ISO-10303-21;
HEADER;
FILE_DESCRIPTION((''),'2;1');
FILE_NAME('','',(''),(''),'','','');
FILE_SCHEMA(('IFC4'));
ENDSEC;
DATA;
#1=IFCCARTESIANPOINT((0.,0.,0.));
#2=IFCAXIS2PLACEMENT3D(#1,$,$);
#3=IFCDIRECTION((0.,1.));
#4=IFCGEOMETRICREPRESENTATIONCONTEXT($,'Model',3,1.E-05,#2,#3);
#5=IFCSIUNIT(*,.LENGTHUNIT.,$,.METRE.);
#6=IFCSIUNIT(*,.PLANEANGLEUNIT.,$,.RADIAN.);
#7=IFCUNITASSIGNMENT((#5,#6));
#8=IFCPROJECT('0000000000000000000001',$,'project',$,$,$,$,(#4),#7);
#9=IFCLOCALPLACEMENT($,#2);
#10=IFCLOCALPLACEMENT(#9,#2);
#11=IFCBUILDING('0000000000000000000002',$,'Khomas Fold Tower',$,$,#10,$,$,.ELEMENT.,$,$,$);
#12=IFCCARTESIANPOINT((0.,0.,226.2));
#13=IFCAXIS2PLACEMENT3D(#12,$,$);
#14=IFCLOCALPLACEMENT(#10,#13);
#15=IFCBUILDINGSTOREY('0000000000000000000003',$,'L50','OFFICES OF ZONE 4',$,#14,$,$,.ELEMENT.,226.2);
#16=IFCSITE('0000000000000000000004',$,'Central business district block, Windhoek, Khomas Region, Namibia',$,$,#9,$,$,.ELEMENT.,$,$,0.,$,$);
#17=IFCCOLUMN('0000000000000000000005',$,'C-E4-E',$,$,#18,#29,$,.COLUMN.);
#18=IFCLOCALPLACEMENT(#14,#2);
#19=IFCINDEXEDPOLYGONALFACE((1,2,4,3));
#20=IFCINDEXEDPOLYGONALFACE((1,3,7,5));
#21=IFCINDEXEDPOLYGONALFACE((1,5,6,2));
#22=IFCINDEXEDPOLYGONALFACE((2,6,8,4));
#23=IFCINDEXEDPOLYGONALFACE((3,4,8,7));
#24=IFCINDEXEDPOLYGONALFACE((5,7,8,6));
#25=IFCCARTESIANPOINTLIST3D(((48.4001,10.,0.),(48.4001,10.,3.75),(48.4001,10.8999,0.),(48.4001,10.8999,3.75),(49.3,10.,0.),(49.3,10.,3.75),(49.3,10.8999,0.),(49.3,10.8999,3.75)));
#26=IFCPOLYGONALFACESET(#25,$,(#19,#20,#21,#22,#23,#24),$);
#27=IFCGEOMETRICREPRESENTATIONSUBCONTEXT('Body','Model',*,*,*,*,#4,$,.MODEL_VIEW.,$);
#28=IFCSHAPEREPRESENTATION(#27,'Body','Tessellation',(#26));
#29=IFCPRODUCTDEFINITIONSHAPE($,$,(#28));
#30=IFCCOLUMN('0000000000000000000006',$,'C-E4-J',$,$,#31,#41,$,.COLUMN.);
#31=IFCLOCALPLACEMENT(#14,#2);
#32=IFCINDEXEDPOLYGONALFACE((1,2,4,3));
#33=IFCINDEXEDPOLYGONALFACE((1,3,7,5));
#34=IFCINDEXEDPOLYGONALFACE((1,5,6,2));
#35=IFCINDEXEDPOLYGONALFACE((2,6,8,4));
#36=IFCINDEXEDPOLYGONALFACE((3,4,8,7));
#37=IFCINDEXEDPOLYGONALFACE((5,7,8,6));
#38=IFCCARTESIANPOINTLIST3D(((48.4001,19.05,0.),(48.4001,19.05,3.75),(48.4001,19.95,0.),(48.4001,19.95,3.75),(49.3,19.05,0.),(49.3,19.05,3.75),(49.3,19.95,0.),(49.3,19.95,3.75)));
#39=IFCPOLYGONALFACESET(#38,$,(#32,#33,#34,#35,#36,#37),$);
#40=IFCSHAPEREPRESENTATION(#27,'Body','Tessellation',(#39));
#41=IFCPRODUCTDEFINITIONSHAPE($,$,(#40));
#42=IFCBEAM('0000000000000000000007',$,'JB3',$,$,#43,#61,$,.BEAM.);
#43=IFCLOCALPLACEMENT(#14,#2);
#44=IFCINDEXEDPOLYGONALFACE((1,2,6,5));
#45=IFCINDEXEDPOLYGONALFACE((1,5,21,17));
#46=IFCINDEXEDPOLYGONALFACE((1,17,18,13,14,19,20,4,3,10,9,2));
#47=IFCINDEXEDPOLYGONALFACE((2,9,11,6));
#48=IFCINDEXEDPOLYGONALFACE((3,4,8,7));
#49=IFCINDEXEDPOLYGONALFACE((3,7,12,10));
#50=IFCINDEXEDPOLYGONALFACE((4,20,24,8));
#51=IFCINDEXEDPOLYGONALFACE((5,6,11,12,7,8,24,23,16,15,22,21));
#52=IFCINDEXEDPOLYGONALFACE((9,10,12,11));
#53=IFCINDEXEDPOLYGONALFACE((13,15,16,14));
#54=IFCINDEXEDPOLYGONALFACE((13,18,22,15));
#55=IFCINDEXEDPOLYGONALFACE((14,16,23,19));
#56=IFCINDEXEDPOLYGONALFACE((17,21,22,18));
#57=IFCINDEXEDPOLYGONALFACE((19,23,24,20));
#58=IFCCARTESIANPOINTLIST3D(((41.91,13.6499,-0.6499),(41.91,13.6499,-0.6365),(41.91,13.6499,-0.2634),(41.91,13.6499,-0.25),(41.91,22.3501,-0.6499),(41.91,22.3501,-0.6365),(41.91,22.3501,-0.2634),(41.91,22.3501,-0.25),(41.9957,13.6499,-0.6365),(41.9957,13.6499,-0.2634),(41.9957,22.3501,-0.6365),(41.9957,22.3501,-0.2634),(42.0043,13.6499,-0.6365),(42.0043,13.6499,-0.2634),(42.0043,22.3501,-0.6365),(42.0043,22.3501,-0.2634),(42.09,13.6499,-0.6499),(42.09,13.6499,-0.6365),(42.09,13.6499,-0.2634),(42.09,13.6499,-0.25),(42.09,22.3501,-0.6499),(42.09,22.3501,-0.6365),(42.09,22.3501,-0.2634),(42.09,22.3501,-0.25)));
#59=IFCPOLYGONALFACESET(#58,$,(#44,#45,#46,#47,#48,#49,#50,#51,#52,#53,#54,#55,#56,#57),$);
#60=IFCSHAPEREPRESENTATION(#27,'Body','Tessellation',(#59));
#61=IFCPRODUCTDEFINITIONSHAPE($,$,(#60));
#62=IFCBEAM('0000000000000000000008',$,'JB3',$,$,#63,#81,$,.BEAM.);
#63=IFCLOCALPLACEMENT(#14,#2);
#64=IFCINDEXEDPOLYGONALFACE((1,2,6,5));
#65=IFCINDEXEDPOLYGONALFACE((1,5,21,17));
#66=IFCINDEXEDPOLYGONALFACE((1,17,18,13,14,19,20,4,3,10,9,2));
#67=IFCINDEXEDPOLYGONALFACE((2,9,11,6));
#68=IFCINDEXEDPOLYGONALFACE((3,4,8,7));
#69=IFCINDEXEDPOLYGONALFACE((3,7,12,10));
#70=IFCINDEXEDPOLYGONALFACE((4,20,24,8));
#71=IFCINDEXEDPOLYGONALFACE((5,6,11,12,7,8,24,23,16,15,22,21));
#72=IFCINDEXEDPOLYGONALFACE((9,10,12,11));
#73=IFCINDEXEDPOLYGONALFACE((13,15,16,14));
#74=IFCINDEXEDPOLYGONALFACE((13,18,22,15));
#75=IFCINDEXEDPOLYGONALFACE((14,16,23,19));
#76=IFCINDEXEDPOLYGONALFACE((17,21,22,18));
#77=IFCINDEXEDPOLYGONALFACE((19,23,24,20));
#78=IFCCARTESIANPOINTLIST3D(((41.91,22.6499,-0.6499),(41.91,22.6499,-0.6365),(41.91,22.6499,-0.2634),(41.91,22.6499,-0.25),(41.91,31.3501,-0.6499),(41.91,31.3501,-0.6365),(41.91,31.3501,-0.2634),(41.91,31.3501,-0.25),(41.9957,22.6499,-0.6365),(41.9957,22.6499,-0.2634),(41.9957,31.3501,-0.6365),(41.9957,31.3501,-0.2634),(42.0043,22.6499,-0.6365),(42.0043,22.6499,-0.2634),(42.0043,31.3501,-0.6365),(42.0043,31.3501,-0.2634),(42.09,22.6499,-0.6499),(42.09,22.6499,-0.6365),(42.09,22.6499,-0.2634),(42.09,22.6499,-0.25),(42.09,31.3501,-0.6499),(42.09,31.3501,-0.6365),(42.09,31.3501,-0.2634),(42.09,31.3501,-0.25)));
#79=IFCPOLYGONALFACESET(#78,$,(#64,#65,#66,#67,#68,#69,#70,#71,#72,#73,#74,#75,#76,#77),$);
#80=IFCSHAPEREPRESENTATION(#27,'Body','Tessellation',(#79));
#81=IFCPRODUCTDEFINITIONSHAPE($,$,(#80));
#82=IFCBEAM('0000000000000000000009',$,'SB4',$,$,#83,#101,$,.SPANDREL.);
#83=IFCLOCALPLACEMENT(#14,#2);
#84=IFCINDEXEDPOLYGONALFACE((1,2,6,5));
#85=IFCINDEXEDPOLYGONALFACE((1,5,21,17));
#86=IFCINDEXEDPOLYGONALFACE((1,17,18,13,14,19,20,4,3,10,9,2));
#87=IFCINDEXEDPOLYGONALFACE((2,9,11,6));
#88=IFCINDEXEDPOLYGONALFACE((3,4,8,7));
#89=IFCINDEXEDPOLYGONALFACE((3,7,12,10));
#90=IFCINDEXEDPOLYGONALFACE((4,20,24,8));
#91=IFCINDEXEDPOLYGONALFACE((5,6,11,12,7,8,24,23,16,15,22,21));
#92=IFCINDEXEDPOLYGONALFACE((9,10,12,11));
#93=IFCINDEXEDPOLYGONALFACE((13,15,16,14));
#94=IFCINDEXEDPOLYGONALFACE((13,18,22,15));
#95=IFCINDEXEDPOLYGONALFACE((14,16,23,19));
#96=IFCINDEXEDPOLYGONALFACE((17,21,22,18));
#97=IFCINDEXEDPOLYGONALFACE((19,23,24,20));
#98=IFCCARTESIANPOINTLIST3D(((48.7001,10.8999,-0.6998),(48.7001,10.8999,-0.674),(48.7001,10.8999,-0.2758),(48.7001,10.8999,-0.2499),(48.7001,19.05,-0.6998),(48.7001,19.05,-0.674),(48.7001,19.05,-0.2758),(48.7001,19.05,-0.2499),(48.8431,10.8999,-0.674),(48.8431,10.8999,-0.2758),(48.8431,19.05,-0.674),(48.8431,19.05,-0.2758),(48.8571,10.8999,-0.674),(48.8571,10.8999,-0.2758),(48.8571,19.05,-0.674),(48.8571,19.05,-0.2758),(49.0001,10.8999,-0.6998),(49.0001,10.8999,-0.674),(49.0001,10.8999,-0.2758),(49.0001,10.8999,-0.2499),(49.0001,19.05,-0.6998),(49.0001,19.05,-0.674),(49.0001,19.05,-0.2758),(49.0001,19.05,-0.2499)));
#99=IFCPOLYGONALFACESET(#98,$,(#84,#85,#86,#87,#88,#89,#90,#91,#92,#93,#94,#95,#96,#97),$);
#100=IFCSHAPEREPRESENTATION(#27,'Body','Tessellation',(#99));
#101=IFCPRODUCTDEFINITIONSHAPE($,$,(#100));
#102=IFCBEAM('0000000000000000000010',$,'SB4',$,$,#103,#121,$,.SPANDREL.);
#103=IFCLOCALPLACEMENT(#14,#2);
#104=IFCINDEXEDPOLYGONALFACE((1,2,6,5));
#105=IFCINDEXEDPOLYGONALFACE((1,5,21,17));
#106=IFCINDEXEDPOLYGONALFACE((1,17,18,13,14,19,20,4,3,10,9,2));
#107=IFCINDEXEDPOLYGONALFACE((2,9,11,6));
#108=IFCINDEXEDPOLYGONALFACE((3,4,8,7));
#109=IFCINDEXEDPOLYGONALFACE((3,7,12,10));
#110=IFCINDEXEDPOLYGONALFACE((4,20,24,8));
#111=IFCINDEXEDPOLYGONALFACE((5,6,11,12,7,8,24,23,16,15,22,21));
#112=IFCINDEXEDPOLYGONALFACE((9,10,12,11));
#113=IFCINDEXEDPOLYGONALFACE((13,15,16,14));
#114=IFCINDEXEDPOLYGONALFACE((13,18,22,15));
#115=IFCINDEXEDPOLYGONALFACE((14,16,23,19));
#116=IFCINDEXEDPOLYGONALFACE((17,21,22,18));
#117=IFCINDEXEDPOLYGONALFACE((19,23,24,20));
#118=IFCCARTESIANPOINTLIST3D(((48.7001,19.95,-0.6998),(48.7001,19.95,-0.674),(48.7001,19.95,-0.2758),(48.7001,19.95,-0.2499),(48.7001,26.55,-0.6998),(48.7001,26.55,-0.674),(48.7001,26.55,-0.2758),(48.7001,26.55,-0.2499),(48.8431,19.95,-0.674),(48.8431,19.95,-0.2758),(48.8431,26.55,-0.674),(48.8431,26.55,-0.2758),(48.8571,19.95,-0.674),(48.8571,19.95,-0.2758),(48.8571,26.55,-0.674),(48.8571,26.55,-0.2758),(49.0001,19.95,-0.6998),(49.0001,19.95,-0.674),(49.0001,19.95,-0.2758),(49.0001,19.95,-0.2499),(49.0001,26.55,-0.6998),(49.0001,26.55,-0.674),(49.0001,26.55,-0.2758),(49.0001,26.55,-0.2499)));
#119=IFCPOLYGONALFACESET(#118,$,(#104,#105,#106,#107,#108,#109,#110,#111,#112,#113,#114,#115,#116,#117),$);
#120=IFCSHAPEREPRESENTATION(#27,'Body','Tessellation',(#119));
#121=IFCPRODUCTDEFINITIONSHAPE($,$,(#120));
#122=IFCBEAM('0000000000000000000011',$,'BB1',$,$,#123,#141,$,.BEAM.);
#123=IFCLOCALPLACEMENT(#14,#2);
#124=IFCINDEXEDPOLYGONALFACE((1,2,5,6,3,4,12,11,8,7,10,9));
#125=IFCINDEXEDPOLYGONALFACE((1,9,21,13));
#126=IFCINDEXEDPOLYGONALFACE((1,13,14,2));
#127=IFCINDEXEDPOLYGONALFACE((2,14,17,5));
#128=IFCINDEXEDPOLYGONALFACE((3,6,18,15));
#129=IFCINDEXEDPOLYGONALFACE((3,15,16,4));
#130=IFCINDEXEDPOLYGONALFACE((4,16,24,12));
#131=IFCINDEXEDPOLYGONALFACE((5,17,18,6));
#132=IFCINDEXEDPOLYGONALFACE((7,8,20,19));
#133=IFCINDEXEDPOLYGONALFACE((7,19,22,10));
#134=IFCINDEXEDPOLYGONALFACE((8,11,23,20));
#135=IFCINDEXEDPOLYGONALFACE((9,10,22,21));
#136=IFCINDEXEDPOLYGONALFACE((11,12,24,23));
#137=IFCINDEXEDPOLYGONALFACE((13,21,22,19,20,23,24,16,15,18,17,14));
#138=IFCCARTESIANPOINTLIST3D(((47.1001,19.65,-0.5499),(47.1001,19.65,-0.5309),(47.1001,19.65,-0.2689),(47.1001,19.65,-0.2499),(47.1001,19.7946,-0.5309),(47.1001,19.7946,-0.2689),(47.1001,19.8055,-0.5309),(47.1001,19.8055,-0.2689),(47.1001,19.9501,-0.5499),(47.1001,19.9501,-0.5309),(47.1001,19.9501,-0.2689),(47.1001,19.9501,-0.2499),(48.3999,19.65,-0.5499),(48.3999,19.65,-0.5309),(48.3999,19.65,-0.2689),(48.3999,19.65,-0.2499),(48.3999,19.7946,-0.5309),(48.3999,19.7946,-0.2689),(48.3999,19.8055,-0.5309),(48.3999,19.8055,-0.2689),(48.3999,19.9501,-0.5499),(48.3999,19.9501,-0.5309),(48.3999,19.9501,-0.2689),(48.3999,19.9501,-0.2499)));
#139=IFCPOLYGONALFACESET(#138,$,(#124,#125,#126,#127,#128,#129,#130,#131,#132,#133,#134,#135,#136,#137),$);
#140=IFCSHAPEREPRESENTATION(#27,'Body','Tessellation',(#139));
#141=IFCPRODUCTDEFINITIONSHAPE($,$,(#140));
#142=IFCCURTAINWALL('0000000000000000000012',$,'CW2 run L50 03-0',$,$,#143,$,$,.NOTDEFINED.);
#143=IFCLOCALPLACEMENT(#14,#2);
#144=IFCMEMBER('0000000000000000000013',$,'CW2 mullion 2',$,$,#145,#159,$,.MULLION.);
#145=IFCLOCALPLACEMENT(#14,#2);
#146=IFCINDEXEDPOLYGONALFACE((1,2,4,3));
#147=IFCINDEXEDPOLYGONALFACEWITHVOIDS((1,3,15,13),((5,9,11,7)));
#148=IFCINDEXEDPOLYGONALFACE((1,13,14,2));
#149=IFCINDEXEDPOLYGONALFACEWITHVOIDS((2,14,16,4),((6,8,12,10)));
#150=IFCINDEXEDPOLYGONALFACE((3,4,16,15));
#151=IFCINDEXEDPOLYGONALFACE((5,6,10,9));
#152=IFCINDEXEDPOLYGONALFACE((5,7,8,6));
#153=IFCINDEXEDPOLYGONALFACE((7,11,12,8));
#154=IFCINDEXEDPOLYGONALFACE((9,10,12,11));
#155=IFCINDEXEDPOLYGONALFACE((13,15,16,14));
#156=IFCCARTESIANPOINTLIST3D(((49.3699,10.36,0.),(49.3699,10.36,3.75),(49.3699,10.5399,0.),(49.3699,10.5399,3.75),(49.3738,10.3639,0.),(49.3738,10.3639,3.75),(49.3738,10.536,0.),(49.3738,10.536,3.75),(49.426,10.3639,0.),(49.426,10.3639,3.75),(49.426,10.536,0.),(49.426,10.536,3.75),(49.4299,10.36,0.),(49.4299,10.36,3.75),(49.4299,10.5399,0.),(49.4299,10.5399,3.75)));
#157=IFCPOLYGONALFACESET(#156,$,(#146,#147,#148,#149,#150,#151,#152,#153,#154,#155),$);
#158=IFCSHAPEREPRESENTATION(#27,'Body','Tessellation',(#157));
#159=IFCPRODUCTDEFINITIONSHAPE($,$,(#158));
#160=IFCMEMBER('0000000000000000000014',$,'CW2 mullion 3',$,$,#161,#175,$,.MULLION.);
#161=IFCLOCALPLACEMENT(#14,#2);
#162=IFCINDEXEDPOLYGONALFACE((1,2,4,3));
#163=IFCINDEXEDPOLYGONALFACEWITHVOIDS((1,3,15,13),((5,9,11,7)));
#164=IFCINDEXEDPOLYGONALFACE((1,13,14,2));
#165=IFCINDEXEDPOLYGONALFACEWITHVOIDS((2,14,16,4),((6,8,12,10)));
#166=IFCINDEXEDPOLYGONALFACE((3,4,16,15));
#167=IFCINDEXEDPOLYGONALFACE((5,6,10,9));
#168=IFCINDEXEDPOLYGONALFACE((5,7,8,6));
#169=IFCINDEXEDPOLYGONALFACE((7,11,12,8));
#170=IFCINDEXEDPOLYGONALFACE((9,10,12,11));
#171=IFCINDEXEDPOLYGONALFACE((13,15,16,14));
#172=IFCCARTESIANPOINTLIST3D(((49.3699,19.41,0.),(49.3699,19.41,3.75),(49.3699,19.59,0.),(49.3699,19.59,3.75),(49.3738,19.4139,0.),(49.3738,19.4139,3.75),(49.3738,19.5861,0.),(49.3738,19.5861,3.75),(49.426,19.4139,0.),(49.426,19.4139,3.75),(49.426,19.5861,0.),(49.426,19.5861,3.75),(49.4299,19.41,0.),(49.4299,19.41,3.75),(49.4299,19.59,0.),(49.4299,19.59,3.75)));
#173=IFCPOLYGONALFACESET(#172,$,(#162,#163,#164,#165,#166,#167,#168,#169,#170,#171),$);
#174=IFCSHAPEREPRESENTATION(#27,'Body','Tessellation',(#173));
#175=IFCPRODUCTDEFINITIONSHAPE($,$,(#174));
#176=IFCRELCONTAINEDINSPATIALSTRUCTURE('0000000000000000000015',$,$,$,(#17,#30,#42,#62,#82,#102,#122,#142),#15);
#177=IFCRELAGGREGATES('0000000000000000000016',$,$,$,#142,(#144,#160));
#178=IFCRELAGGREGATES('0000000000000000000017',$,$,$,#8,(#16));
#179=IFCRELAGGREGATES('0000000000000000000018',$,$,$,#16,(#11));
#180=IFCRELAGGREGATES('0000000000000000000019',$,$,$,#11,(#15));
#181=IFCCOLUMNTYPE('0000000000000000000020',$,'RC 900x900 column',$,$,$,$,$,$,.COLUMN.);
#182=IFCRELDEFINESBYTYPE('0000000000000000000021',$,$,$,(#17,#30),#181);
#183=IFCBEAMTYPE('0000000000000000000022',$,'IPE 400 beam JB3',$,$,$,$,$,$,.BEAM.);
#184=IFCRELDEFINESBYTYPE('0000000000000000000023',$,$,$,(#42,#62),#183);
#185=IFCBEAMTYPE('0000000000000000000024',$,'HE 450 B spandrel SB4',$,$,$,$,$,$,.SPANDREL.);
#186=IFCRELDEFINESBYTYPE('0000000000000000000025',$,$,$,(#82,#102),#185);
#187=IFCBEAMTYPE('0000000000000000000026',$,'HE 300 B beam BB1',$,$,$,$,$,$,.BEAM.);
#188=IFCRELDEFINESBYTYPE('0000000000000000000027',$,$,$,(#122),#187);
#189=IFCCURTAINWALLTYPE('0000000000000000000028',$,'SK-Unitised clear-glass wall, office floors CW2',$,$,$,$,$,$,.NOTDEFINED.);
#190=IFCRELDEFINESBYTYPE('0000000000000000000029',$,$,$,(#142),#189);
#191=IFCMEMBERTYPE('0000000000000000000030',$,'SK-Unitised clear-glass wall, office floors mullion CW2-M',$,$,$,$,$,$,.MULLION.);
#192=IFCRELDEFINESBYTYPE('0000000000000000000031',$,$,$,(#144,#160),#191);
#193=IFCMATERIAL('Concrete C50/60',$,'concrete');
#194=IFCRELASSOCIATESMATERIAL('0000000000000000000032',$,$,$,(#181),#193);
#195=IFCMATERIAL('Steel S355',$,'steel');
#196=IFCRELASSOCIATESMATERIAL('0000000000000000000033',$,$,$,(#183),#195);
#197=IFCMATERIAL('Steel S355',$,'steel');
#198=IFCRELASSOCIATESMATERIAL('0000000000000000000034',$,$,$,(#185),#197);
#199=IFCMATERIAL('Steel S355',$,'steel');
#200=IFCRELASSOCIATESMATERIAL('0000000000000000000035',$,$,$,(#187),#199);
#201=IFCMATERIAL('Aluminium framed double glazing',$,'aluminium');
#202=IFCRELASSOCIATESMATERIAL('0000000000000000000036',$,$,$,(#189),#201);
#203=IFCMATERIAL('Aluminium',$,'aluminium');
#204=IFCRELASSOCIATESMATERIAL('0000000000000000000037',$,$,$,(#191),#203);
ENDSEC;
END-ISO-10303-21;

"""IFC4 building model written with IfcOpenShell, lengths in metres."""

from ifc_helpers import new_model, si_unit, direction, frame, origin, origin_2d, place, context, subcontext, project, spatial, rectangle, hollow_rectangle, i_section, extrude, source, transform, mapped, material, material_profile, profile_set, type_object, element, aggregate, save


model = new_model("IFC4")

# Units and contexts
model_context = context("Model", 3, precision=1e-05, world=origin(), true_north=direction((0.0, 1.0)))
body_context = subcontext(model_context, "Body", "Model", "MODEL_VIEW")
ifc_project = project(units=[si_unit("LENGTHUNIT", "METRE"), si_unit("PLANEANGLEUNIT", "RADIAN")], contexts=[model_context])

# Site, building, storey
site_placement = place(None, origin())
site = spatial("IfcSite", under=ifc_project, at=site_placement, Name="Central business district block, Windhoek, Khomas Region, Namibia", CompositionType="ELEMENT", RefElevation=0.0)
building_placement = place(site_placement, origin())
building = spatial("IfcBuilding", under=site, at=building_placement, Name="Khomas Fold Tower", CompositionType="ELEMENT")
storey_placement = place(building_placement, frame((0.0, 0.0, 226.2)))
storey = spatial("IfcBuildingStorey", under=building, at=storey_placement, Name="L50", Description="OFFICES OF ZONE 4", CompositionType="ELEMENT", Elevation=226.2)

# Columns
ifc_material_1 = material(Name="Concrete C50/60", Category="concrete")
ifc_material_profile_1 = material_profile(ifc_material_1, rectangle(XDim=0.8999, YDim=0.8999, at=origin_2d()), Name="RC 900x900")
ifc_profile_set_1 = profile_set([ifc_material_profile_1], Name="Concrete C50/60")
column_type = type_object("IfcColumnType", Name="RC 900x900 column", PredefinedType="COLUMN", material=ifc_profile_set_1)
shared_shape_1 = source(origin(), body_context, "Body", "SweptSolid", [
    extrude(rectangle(XDim=0.8999, YDim=0.8999, at=origin_2d()), origin(), (0.0, 0.0, 1.0), 3.75),
])
for number, where, z_axis, x_axis, name in (
    (1, (48.8501, 10.45, 0.0), (0.0, 0.0, 1.0), (1.0, 0.0, 0.0), "C-E4-E"),
    (2, (48.8501, 19.5, 0.0), (0.0, 0.0, 1.0), (1.0, 0.0, 0.0), "C-E4-J"),
):
    element("IfcColumn", number, at=place(storey_placement, frame(where, z_axis=z_axis, x_axis=x_axis)), inside=storey, type_object=column_type, Name=name, PredefinedType="COLUMN", context=body_context, shape_type="MappedRepresentation", body=[
        mapped(shared_shape_1, transform((0.0, 0.0, 0.0))),
    ])

# Beams
ifc_material_2 = material(Name="Steel S355", Category="steel")
ifc_material_profile_2 = material_profile(ifc_material_2, i_section(OverallWidth=0.1799, OverallDepth=0.3999, WebThickness=0.0085, FlangeThickness=0.0134, at=origin_2d()), Name="IPE 400")
ifc_profile_set_2 = profile_set([ifc_material_profile_2], Name="Steel S355")
beam_type_1 = type_object("IfcBeamType", Name="IPE 400 beam JB3", PredefinedType="BEAM", material=ifc_profile_set_2)
shared_shape_2 = source(origin(), body_context, "Body", "SweptSolid", [
    extrude(i_section(OverallWidth=0.1799, OverallDepth=0.3999, WebThickness=0.0085, FlangeThickness=0.0134, at=origin_2d()), origin(), (0.0, 0.0, 1.0), 8.7002),
])
for number, where, z_axis, x_axis, name in (
    (3, (42.0, 13.6499, -0.45), (0.0, 1.0, 0.0), (-1.0, 0.0, 0.0), "JB3"),
    (4, (42.0, 22.6499, -0.45), (0.0, 1.0, 0.0), (-1.0, 0.0, 0.0), "JB3"),
):
    element("IfcBeam", number, at=place(storey_placement, frame(where, z_axis=z_axis, x_axis=x_axis)), inside=storey, type_object=beam_type_1, Name=name, PredefinedType="BEAM", context=body_context, shape_type="MappedRepresentation", body=[
        mapped(shared_shape_2, transform((0.0, 0.0, 0.0))),
    ])
ifc_material_3 = material(Name="Steel S355", Category="steel")
ifc_material_profile_3 = material_profile(ifc_material_3, i_section(OverallWidth=0.3, OverallDepth=0.45, WebThickness=0.0139, FlangeThickness=0.0259, at=origin_2d()), Name="HE 450 B")
ifc_profile_set_3 = profile_set([ifc_material_profile_3], Name="Steel S355")
beam_type_2 = type_object("IfcBeamType", Name="HE 450 B spandrel SB4", PredefinedType="SPANDREL", material=ifc_profile_set_3)
shared_shape_3 = source(origin(), body_context, "Body", "SweptSolid", [
    extrude(i_section(OverallWidth=0.3, OverallDepth=0.45, WebThickness=0.0139, FlangeThickness=0.0259, at=origin_2d()), origin(), (0.0, 0.0, 1.0), 8.1501),
])
beam_1_placement = place(storey_placement, frame((48.8501, 10.8999, -0.4749), z_axis=(0.0, 1.0, 0.0), x_axis=(-1.0, 0.0, 0.0)))
element("IfcBeam", 5, at=beam_1_placement, inside=storey, type_object=beam_type_2, Name="SB4", PredefinedType="SPANDREL", context=body_context, shape_type="MappedRepresentation", body=[
    mapped(shared_shape_3, transform((0.0, 0.0, 0.0))),
])
shared_shape_4 = source(origin(), body_context, "Body", "SweptSolid", [
    extrude(i_section(OverallWidth=0.3, OverallDepth=0.45, WebThickness=0.0139, FlangeThickness=0.0259, at=origin_2d()), origin(), (0.0, 0.0, 1.0), 6.6001),
])
beam_2_placement = place(storey_placement, frame((48.8501, 19.95, -0.4749), z_axis=(0.0, 1.0, 0.0), x_axis=(-1.0, 0.0, 0.0)))
element("IfcBeam", 6, at=beam_2_placement, inside=storey, type_object=beam_type_2, Name="SB4", PredefinedType="SPANDREL", context=body_context, shape_type="MappedRepresentation", body=[
    mapped(shared_shape_4, transform((0.0, 0.0, 0.0))),
])
ifc_material_4 = material(Name="Steel S355", Category="steel")
ifc_material_profile_4 = material_profile(ifc_material_4, i_section(OverallWidth=0.3, OverallDepth=0.3, WebThickness=0.011, FlangeThickness=0.019, at=origin_2d()), Name="HE 300 B")
ifc_profile_set_4 = profile_set([ifc_material_profile_4], Name="Steel S355")
beam_type_3 = type_object("IfcBeamType", Name="HE 300 B beam BB1", PredefinedType="BEAM", material=ifc_profile_set_4)
shared_shape_5 = source(origin(), body_context, "Body", "SweptSolid", [
    extrude(i_section(OverallWidth=0.3, OverallDepth=0.3, WebThickness=0.011, FlangeThickness=0.019, at=origin_2d()), origin(), (0.0, 0.0, 1.0), 1.2998),
])
beam_3_placement = place(storey_placement, frame((47.1001, 19.8, -0.3999), z_axis=(1.0, 0.0, 0.0), x_axis=(0.0, 1.0, 0.0)))
element("IfcBeam", 7, at=beam_3_placement, inside=storey, type_object=beam_type_3, Name="BB1", PredefinedType="BEAM", context=body_context, shape_type="MappedRepresentation", body=[
    mapped(shared_shape_5, transform((0.0, 0.0, 0.0))),
])

# Curtain wall, members
ifc_material_5 = material(Name="Aluminium framed double glazing", Category="aluminium")
curtain_wall_type = type_object("IfcCurtainWallType", Name="SK-Unitised clear-glass wall, office floors CW2", PredefinedType="NOTDEFINED", material=ifc_material_5)
curtain_wall_placement = place(storey_placement, origin())
curtain_wall = element("IfcCurtainWall", 8, at=curtain_wall_placement, inside=storey, type_object=curtain_wall_type, Name="CW2 run L50 03-0", PredefinedType="NOTDEFINED")
ifc_material_6 = material(Name="Aluminium", Category="aluminium")
ifc_material_profile_5 = material_profile(ifc_material_6, hollow_rectangle(XDim=0.0601, YDim=0.1799, WallThickness=0.0039, at=origin_2d()), Name="SK-Unitised clear-glass wall, office floors mullion CW2-M")
ifc_profile_set_5 = profile_set([ifc_material_profile_5], Name="Aluminium")
member_type_1 = type_object("IfcMemberType", Name="SK-Unitised clear-glass wall, office floors mullion CW2-M", PredefinedType="MULLION", material=ifc_profile_set_5)
shared_shape_6 = source(origin(), body_context, "Body", "SweptSolid", [
    extrude(hollow_rectangle(XDim=0.0601, YDim=0.1799, WallThickness=0.0039, at=origin_2d()), origin(), (0.0, 0.0, 1.0), 3.75),
])
member_1_placement = place(storey_placement, frame((49.3999, 10.45, 0.0), z_axis=(0.0, 0.0, 1.0), x_axis=(-1.0, 0.0, 0.0)))
member_1 = element("IfcMember", 9, at=member_1_placement, type_object=member_type_1, Name="CW2 mullion 2", PredefinedType="MULLION", context=body_context, shape_type="MappedRepresentation", body=[
    mapped(shared_shape_6, transform((0.0, 0.0, 0.0))),
])
member_2_placement = place(storey_placement, frame((49.3999, 19.5, 0.0), z_axis=(0.0, 0.0, 1.0), x_axis=(-1.0, 0.0, 0.0)))
member_2 = element("IfcMember", 10, at=member_2_placement, type_object=member_type_1, Name="CW2 mullion 3", PredefinedType="MULLION", context=body_context, shape_type="MappedRepresentation", body=[
    mapped(shared_shape_6, transform((0.0, 0.0, 0.0))),
])
aggregate(curtain_wall, [member_1, member_2])

save(model, "model.ifc")
